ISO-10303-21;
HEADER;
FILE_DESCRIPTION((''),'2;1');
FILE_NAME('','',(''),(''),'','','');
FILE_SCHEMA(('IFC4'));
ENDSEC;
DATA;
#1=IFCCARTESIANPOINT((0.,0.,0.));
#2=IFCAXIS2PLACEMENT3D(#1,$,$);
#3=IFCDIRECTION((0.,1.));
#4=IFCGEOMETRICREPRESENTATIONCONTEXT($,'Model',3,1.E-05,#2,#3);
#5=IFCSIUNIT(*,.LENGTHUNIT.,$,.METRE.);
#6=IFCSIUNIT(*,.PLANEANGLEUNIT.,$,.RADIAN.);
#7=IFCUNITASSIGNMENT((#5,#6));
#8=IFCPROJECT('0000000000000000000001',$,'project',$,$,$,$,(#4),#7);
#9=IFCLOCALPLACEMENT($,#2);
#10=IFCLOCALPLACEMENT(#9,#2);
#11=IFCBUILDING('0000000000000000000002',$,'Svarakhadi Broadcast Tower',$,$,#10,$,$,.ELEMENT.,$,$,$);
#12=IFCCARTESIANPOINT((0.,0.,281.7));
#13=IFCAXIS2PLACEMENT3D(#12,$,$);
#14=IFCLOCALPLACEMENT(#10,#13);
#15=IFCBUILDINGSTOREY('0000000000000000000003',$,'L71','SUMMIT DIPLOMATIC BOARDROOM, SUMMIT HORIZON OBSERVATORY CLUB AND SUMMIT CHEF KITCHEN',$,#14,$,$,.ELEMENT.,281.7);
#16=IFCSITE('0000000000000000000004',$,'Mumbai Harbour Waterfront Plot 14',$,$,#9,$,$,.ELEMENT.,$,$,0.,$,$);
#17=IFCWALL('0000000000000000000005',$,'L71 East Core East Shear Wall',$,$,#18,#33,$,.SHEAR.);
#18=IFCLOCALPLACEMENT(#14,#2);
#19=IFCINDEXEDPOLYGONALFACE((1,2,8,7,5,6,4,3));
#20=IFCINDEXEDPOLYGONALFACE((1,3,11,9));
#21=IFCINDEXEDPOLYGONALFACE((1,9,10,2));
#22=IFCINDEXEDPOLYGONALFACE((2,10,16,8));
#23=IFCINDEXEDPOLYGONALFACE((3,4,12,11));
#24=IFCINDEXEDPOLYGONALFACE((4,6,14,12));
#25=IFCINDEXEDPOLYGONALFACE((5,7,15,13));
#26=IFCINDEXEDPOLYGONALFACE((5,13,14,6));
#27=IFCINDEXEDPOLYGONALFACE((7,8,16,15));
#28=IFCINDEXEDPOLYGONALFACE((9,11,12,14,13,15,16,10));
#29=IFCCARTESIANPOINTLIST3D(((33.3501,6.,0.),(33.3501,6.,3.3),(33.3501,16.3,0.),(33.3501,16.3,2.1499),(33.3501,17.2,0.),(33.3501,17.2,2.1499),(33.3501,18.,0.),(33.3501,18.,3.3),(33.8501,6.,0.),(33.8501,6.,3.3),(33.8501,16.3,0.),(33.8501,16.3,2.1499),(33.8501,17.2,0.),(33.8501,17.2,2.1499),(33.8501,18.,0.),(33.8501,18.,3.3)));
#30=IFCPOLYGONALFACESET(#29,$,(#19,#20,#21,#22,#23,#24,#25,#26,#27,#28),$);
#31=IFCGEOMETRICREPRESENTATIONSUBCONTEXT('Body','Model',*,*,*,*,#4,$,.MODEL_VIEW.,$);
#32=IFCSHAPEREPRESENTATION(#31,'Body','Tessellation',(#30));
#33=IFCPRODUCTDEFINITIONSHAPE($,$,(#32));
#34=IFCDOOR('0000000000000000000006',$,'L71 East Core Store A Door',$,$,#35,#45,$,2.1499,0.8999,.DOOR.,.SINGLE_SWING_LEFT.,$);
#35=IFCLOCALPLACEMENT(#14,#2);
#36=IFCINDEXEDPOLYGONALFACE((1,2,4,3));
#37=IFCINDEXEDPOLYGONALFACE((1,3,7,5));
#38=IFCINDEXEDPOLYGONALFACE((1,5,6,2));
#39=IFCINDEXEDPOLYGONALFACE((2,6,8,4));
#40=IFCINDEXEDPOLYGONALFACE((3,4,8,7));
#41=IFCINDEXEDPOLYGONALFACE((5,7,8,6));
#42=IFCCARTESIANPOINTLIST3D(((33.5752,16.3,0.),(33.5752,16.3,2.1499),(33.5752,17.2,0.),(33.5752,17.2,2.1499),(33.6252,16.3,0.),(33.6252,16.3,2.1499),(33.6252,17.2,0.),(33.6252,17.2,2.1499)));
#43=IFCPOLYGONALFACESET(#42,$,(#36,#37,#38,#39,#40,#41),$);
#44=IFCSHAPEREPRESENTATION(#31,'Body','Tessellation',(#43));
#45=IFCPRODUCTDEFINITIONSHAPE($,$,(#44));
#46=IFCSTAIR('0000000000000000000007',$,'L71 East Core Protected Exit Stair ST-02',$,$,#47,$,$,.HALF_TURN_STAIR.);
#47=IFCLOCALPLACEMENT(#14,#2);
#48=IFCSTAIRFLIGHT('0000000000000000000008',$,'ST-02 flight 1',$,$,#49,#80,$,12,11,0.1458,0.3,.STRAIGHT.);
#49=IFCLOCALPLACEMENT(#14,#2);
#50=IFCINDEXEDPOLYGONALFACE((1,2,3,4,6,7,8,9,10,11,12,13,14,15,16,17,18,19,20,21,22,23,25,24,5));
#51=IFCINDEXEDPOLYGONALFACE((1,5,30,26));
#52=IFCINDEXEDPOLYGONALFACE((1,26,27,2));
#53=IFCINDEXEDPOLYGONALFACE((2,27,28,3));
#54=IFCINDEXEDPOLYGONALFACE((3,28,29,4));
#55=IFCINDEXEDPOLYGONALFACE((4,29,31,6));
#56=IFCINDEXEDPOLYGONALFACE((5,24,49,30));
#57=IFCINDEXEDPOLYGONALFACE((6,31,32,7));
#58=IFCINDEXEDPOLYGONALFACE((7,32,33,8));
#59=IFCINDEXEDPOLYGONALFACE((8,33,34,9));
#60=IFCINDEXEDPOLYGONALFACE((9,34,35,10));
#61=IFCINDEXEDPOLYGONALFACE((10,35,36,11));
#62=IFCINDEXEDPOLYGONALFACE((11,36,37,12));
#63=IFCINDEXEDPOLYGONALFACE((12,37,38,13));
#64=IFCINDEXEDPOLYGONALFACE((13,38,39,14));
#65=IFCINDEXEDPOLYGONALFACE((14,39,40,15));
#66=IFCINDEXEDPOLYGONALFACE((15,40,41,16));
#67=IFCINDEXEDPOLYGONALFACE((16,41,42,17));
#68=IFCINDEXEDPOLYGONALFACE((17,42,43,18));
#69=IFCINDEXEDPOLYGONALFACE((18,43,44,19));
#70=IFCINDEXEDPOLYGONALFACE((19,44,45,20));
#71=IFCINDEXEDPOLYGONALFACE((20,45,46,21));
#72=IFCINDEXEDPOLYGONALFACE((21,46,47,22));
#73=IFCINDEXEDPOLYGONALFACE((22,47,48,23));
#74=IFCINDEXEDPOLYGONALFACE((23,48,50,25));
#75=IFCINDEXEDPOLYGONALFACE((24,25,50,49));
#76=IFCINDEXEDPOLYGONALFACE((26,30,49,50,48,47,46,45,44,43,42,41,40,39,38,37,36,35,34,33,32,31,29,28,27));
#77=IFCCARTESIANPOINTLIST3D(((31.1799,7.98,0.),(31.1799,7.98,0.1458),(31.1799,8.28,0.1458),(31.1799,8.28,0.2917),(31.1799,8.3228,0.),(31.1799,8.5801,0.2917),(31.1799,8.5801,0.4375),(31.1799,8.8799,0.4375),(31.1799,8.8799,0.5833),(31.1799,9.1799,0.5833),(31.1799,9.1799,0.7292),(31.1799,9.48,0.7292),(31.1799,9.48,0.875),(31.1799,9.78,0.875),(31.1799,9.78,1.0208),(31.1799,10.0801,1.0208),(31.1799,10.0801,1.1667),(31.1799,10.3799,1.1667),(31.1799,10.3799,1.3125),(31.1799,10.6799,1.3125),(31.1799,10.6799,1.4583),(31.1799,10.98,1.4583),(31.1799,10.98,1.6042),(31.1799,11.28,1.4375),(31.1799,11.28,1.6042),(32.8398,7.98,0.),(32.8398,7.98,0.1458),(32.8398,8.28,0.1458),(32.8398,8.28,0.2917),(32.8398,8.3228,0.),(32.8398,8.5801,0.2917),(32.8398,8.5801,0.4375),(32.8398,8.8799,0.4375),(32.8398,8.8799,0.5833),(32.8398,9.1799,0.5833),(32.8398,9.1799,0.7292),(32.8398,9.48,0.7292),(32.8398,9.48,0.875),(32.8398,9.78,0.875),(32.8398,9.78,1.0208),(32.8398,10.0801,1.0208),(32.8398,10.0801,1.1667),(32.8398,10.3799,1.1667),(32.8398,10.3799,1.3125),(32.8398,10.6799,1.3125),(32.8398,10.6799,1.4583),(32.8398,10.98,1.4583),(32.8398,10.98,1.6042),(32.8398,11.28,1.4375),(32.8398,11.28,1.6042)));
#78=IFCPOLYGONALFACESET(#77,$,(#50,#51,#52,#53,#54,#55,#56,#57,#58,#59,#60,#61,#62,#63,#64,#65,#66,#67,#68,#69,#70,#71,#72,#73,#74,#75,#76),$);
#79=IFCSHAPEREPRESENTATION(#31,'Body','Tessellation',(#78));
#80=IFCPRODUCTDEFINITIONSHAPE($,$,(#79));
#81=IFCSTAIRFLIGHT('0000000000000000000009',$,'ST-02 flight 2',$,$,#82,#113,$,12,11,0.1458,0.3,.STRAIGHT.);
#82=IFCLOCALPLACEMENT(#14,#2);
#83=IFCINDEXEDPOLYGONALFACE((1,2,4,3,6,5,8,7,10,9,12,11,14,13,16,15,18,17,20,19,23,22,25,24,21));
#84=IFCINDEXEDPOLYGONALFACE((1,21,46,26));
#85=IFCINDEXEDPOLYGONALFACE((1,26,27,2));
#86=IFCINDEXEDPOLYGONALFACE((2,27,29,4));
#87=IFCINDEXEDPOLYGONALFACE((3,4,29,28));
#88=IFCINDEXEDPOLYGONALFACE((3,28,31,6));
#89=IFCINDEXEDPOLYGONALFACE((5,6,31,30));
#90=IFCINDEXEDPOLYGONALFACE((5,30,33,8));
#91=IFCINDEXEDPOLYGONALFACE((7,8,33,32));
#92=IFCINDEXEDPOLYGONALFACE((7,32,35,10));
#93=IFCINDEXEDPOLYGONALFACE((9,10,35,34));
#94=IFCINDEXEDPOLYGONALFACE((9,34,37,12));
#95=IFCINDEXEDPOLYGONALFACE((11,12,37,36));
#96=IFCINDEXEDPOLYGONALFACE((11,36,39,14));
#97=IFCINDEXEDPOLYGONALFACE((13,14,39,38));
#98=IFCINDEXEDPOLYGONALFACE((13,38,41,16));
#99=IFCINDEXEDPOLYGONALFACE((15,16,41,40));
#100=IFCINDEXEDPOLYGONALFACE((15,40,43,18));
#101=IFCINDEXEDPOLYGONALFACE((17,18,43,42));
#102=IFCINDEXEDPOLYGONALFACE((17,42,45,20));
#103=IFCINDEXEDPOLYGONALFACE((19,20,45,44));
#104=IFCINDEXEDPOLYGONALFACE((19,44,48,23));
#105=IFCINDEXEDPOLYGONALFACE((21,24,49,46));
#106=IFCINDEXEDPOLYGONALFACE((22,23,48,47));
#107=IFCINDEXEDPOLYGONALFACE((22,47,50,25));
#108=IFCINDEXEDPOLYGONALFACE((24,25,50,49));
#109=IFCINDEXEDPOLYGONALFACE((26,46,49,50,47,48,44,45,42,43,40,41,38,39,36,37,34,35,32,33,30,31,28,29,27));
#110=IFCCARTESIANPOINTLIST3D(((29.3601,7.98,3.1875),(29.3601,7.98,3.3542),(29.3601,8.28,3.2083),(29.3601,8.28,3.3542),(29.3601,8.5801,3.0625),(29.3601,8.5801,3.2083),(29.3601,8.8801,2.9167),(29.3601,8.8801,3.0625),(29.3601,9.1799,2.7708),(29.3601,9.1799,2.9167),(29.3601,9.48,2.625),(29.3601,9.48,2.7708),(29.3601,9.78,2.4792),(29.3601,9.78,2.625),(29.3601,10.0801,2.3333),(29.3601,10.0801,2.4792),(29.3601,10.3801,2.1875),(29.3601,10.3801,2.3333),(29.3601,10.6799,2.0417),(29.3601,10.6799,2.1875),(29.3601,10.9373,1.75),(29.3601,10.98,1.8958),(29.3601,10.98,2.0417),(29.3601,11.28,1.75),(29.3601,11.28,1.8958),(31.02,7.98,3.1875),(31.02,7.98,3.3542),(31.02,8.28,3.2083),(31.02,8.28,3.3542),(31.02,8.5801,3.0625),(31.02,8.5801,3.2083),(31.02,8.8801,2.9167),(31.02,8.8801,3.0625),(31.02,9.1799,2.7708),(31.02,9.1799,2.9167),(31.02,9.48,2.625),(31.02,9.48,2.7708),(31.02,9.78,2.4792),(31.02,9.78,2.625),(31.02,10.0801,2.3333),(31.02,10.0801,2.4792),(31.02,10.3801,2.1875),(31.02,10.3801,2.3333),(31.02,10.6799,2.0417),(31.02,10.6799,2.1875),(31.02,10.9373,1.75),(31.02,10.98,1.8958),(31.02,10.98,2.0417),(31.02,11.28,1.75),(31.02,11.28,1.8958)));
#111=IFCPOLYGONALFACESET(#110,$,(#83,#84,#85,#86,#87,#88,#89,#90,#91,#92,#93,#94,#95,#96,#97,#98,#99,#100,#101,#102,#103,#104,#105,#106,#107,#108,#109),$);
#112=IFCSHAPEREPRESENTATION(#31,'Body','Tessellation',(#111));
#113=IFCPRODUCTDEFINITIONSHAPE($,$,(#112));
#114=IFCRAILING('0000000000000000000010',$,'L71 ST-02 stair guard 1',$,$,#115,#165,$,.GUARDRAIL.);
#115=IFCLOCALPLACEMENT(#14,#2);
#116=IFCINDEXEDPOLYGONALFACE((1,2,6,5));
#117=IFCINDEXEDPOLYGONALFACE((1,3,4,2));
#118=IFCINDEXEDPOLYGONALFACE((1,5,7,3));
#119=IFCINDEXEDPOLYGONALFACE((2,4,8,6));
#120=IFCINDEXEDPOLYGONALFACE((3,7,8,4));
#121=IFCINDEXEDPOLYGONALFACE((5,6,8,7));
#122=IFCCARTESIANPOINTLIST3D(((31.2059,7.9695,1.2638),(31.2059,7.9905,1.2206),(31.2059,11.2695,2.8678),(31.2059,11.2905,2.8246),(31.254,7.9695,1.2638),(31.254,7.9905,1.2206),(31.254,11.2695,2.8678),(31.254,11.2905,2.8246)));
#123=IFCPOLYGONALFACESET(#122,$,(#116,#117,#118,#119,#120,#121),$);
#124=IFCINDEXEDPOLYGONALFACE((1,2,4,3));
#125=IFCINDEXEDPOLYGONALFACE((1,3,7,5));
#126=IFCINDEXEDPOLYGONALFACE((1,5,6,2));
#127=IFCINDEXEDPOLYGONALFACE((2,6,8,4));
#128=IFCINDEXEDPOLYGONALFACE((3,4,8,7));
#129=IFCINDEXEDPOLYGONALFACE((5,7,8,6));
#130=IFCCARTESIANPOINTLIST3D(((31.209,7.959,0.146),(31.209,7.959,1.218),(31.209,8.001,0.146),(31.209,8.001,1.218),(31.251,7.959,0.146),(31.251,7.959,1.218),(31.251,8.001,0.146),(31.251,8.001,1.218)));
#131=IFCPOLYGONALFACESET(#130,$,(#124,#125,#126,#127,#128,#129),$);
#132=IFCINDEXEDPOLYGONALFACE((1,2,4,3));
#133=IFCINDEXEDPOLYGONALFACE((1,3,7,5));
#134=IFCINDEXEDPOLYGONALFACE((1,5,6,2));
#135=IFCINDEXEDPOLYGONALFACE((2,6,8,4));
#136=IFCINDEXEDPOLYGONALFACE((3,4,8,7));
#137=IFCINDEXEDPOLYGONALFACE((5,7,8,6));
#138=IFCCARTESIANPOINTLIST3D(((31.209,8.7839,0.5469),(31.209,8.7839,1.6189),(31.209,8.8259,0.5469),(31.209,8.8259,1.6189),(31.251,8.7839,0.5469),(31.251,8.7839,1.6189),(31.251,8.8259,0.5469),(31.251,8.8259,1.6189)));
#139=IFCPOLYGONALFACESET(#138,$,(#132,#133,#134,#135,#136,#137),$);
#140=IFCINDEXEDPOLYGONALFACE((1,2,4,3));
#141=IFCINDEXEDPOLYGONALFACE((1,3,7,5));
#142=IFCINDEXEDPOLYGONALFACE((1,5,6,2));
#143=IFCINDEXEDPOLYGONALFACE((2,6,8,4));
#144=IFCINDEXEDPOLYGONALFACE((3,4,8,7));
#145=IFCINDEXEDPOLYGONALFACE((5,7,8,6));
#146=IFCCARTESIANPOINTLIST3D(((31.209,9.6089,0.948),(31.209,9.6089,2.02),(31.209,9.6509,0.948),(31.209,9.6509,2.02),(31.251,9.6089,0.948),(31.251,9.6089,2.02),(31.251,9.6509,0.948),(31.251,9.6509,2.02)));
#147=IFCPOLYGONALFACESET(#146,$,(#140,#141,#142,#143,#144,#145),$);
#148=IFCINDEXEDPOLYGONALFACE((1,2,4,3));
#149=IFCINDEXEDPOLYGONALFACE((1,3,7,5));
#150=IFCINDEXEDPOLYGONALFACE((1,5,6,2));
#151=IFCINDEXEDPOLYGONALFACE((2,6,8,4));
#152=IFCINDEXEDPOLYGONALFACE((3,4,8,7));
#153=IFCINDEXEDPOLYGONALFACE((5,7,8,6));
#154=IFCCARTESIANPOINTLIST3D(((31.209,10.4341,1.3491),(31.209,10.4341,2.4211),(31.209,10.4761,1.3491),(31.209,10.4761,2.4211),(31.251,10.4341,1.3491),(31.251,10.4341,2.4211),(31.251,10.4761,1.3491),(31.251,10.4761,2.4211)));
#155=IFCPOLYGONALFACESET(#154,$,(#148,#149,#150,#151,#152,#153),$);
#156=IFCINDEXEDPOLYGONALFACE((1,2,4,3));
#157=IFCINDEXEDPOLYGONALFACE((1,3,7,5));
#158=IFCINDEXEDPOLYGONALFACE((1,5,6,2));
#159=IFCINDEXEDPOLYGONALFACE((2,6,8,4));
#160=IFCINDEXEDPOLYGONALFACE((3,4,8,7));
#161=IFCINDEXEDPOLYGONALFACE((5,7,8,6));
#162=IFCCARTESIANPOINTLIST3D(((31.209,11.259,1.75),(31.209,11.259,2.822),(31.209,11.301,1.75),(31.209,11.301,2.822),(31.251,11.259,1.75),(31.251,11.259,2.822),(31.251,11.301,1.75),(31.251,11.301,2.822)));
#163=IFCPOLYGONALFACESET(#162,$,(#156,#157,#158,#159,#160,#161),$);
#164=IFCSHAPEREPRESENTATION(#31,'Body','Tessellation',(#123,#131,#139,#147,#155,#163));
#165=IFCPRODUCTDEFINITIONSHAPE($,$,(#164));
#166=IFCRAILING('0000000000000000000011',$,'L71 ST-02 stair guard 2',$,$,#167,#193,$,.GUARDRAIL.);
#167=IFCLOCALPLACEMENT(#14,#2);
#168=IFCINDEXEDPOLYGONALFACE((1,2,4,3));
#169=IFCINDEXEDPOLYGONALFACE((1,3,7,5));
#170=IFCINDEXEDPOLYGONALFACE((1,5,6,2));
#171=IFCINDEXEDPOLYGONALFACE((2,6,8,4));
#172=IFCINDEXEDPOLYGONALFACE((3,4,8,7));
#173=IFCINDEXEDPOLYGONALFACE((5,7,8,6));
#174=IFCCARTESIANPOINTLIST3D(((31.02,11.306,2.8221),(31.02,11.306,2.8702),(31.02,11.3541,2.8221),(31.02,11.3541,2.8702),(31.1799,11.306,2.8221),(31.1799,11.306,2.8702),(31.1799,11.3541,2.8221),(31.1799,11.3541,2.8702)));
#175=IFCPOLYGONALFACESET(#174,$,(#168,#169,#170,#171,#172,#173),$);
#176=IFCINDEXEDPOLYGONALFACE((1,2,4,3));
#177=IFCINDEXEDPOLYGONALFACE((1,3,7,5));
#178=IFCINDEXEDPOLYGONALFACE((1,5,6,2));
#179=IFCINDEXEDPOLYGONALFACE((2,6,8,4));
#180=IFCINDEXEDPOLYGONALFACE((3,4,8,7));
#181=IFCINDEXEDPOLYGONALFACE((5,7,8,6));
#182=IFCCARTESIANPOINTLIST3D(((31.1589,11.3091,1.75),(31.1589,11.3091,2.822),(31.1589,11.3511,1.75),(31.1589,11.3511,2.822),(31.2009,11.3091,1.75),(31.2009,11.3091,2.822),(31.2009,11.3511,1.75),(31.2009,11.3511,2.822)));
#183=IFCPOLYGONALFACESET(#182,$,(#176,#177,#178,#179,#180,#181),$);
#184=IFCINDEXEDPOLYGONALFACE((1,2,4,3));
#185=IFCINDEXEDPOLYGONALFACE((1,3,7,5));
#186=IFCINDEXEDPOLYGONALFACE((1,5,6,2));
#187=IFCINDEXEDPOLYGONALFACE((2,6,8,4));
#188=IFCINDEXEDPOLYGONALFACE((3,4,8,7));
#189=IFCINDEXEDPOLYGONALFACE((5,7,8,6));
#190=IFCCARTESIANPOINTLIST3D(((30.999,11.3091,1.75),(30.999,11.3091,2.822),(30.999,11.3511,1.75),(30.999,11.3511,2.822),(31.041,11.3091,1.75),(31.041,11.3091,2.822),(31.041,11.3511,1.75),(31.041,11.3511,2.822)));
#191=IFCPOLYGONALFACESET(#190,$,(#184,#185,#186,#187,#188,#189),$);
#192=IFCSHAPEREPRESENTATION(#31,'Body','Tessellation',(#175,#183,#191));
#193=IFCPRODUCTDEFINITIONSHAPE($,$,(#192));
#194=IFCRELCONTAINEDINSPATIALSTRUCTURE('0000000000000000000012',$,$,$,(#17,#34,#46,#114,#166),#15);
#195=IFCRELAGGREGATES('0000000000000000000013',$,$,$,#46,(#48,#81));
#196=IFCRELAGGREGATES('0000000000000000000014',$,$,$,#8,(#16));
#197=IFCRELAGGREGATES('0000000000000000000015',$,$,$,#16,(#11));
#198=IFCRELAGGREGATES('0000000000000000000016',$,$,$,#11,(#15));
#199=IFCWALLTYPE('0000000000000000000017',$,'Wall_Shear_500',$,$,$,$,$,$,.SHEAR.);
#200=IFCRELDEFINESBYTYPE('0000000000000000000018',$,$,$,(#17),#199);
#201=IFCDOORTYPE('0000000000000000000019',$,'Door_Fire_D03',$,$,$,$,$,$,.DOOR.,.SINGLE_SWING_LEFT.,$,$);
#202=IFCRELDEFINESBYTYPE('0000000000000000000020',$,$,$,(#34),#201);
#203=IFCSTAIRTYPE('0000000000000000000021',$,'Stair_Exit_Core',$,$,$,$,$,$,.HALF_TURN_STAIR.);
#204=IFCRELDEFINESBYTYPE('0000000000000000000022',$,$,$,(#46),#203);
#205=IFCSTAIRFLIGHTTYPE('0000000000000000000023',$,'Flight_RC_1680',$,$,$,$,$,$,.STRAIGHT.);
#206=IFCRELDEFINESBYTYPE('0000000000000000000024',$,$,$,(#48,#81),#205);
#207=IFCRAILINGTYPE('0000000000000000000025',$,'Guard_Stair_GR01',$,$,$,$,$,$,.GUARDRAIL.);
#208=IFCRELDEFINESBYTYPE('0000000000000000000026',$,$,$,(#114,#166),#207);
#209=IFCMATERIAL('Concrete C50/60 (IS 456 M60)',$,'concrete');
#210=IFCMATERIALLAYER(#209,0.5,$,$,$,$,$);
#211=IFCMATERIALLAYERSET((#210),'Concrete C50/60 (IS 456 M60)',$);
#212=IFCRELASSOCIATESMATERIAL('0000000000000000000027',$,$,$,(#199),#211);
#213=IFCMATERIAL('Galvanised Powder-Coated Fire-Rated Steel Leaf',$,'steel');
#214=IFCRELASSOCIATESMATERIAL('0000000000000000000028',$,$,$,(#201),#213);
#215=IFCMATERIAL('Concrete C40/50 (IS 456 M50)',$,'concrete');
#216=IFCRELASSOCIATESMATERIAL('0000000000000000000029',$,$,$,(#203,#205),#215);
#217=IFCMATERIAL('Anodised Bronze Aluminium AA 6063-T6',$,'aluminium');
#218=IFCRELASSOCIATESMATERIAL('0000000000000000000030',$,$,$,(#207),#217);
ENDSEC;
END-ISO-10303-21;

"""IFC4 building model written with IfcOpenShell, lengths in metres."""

from ifc_helpers import new_model, si_unit, direction, frame, frame_2d, origin, origin_2d, place, context, subcontext, project, spatial, polyline, rectangle, outline, extrude, material, layer, layer_set, type_object, element, fill, aggregate, save


model = new_model("IFC4")

# Units and contexts
model_context = context("Model", 3, precision=1e-05, world=origin(), true_north=direction((0.0, 1.0)))
body_context = subcontext(model_context, "Body", "Model", "MODEL_VIEW")
ifc_project = project(units=[si_unit("LENGTHUNIT", "METRE"), si_unit("PLANEANGLEUNIT", "RADIAN")], contexts=[model_context])

# Site, building, storey
site_placement = place(None, origin())
site = spatial("IfcSite", under=ifc_project, at=site_placement, Name="Mumbai Harbour Waterfront Plot 14", CompositionType="ELEMENT", RefElevation=0.0)
building_placement = place(site_placement, origin())
building = spatial("IfcBuilding", under=site, at=building_placement, Name="Svarakhadi Broadcast Tower", CompositionType="ELEMENT")
storey_placement = place(building_placement, frame((0.0, 0.0, 281.7)))
storey = spatial("IfcBuildingStorey", under=building, at=storey_placement, Name="L71", Description="SUMMIT DIPLOMATIC BOARDROOM, SUMMIT HORIZON OBSERVATORY CLUB AND SUMMIT CHEF KITCHEN", CompositionType="ELEMENT", Elevation=281.7)

# Shared definitions
ifc_material_1 = material(Name="Anodised Bronze Aluminium AA 6063-T6", Category="aluminium")

# Shared definitions
ifc_material_2 = material(Name="Concrete C50/60 (IS 456 M60)", Category="concrete")

# Shared definitions
ifc_material_3 = material(Name="Concrete C40/50 (IS 456 M50)", Category="concrete")

# Shared definitions
ifc_material_4 = material(Name="Galvanised Powder-Coated Fire-Rated Steel Leaf", Category="steel")

# Wall, opening, door
ifc_layer_1 = layer(ifc_material_2, 0.5)
ifc_layer_set_1 = layer_set([ifc_layer_1], Name="Concrete C50/60 (IS 456 M60)")
wall_type_1 = type_object("IfcWallType", Name="Wall_Shear_500", PredefinedType="SHEAR", material=ifc_layer_set_1)
wall_1_placement = place(storey_placement, frame((33.6001, 6.0, 0.0), z_axis=(0.0, 0.0, 1.0), x_axis=(0.0, 1.0, 0.0)))
wall_1 = element("IfcWall", 1, at=wall_1_placement, inside=storey, type_object=wall_type_1, Name="L71 East Core East Shear Wall", PredefinedType="SHEAR", context=body_context, shape_type="SweptSolid", body=[
    extrude(rectangle(XDim=12.0, YDim=0.5, at=frame_2d((6.0, 0.0))), origin(), (0.0, 0.0, 1.0), 3.3),
])
opening_1_placement = place(wall_1_placement, frame((10.3, 0.0, 0.0)))
opening_1 = element("IfcOpeningElement", 2, at=opening_1_placement, cuts=wall_1, PredefinedType="OPENING", context=body_context, shape_type="SweptSolid", body=[
    extrude(rectangle(XDim=0.8999, YDim=2.1499, at=frame_2d((0.45, 1.075))), frame((0.0, 0.26, 0.0), z_axis=(0.0, -1.0, 0.0), x_axis=(1.0, 0.0, 0.0)), (0.0, 0.0, 1.0), 0.52),
])
door_type_1 = type_object("IfcDoorType", Name="Door_Fire_D03", OperationType="SINGLE_SWING_LEFT", PredefinedType="DOOR", material=ifc_material_4)
door_1_placement = place(opening_1_placement, origin())
door_1 = element("IfcDoor", 3, at=door_1_placement, inside=storey, type_object=door_type_1, Name="L71 East Core Store A Door", OperationType="SINGLE_SWING_LEFT", OverallHeight=2.1499, OverallWidth=0.8999, PredefinedType="DOOR", context=body_context, shape_type="SweptSolid", body=[
    extrude(rectangle(XDim=0.8999, YDim=2.1499, at=frame_2d((0.45, 1.075))), frame((0.0, 0.0249, 0.0), z_axis=(0.0, -1.0, 0.0), x_axis=(1.0, 0.0, 0.0)), (0.0, 0.0, 1.0), 0.05),
])
fill(opening_1, door_1)

# Stair, stair flights
stair_type = type_object("IfcStairType", Name="Stair_Exit_Core", PredefinedType="HALF_TURN_STAIR", material=ifc_material_3)
stair_placement = place(storey_placement, origin())
stair = element("IfcStair", 4, at=stair_placement, inside=storey, type_object=stair_type, Name="L71 East Core Protected Exit Stair ST-02", PredefinedType="HALF_TURN_STAIR")
stair_flight_type = type_object("IfcStairFlightType", Name="Flight_RC_1680", PredefinedType="STRAIGHT", material=ifc_material_3)
stair_flight_1_placement = place(storey_placement, frame((32.01, 7.98, 0.0), z_axis=(0.0, 0.0, 1.0), x_axis=(0.0, 1.0, 0.0)))
stair_flight_1 = element("IfcStairFlight", 5, at=stair_flight_1_placement, type_object=stair_flight_type, Name="ST-02 flight 1", NumberOfRisers=12, NumberOfTreads=11, PredefinedType="STRAIGHT", RiserHeight=0.1458, TreadLength=0.3, context=body_context, shape_type="SweptSolid", body=[
    extrude(outline(polyline([(0.0, 0.0), (0.0, 0.1458), (0.3, 0.1458), (0.3, 0.2917), (0.6001, 0.2917), (0.6001, 0.4375), (0.8999, 0.4375), (0.8999, 0.5833), (1.2, 0.5833), (1.2, 0.7292), (1.5, 0.7292), (1.5, 0.875), (1.8, 0.875), (1.8, 1.0208), (2.1001, 1.0208), (2.1001, 1.1667), (2.3999, 1.1667), (2.3999, 1.3125), (2.7, 1.3125), (2.7, 1.4583), (3.0, 1.4583), (3.0, 1.6042), (3.3, 1.6042), (3.3, 1.75), (3.3, 1.4375), (0.3428, 0.0), (0.0, 0.0)])), frame((0.0, 0.8301, 0.0), z_axis=(0.0, -1.0, 0.0), x_axis=(1.0, 0.0, 0.0)), (0.0, 0.0, 1.0), 1.6599),
])
stair_flight_2_placement = place(storey_placement, frame((30.1899, 11.28, 1.75), z_axis=(0.0, 0.0, 1.0), x_axis=(0.0, -1.0, 0.0)))
stair_flight_2 = element("IfcStairFlight", 6, at=stair_flight_2_placement, type_object=stair_flight_type, Name="ST-02 flight 2", NumberOfRisers=12, NumberOfTreads=11, PredefinedType="STRAIGHT", RiserHeight=0.1458, TreadLength=0.3, context=body_context, shape_type="SweptSolid", body=[
    extrude(outline(polyline([(0.0, 0.0), (0.0, 0.1458), (0.3, 0.1458), (0.3, 0.2917), (0.6001, 0.2917), (0.6001, 0.4375), (0.8999, 0.4375), (0.8999, 0.5833), (1.2, 0.5833), (1.2, 0.7292), (1.5, 0.7292), (1.5, 0.875), (1.8, 0.875), (1.8, 1.0208), (2.1001, 1.0208), (2.1001, 1.1667), (2.3999, 1.1667), (2.3999, 1.3125), (2.7, 1.3125), (2.7, 1.4583), (3.0, 1.4583), (3.0, 1.6042), (3.3, 1.6042), (3.3, 1.75), (3.3, 1.4375), (0.3428, 0.0), (0.0, 0.0)])), frame((0.0, 0.8301, 0.0), z_axis=(0.0, -1.0, 0.0), x_axis=(1.0, 0.0, 0.0)), (0.0, 0.0, 1.0), 1.6599),
])
aggregate(stair, [stair_flight_1, stair_flight_2])

# Railings
railing_type_1 = type_object("IfcRailingType", Name="Guard_Stair_GR01", PredefinedType="GUARDRAIL", material=ifc_material_1)
railing_1_placement = place(storey_placement, frame((31.23, 7.98, 0.146)))
element("IfcRailing", 7, at=railing_1_placement, inside=storey, type_object=railing_type_1, Name="L71 ST-02 stair guard 1", PredefinedType="GUARDRAIL", context=body_context, shape_type="SweptSolid", body=[
    extrude(rectangle(XDim=0.0481, YDim=0.0481, at=origin_2d()), frame((0.0, 0.0, 1.0962), z_axis=(0.0, 0.899388, 0.437152), x_axis=(-1.0, 0.0, 0.0)), (0.0, 0.0, 1.0), 3.6692),
    extrude(rectangle(XDim=0.042, YDim=0.042, at=origin_2d()), origin(), (0.0, 0.0, 1.0), 1.072),
    extrude(rectangle(XDim=0.042, YDim=0.042, at=origin_2d()), frame((0.0, 0.825, 0.4009)), (0.0, 0.0, 1.0), 1.072),
    extrude(rectangle(XDim=0.042, YDim=0.042, at=origin_2d()), frame((0.0, 1.6499, 0.802)), (0.0, 0.0, 1.0), 1.072),
    extrude(rectangle(XDim=0.042, YDim=0.042, at=origin_2d()), frame((0.0, 2.4751, 1.2031)), (0.0, 0.0, 1.0), 1.072),
    extrude(rectangle(XDim=0.042, YDim=0.042, at=origin_2d()), frame((0.0, 3.3, 1.604)), (0.0, 0.0, 1.0), 1.072),
])
railing_2_placement = place(storey_placement, frame((31.1799, 11.3301, 1.75)))
element("IfcRailing", 8, at=railing_2_placement, inside=storey, type_object=railing_type_1, Name="L71 ST-02 stair guard 2", PredefinedType="GUARDRAIL", context=body_context, shape_type="SweptSolid", body=[
    extrude(rectangle(XDim=0.0481, YDim=0.0481, at=origin_2d()), frame((0.0, 0.0, 1.0962), z_axis=(-1.0, 0.0, 0.0), x_axis=(0.0, -1.0, 0.0)), (0.0, 0.0, 1.0), 0.1599),
    extrude(rectangle(XDim=0.042, YDim=0.042, at=origin_2d()), origin(), (0.0, 0.0, 1.0), 1.072),
    extrude(rectangle(XDim=0.042, YDim=0.042, at=origin_2d()), frame((-0.1599, 0.0, 0.0)), (0.0, 0.0, 1.0), 1.072),
])

save(model, "model.ifc")
